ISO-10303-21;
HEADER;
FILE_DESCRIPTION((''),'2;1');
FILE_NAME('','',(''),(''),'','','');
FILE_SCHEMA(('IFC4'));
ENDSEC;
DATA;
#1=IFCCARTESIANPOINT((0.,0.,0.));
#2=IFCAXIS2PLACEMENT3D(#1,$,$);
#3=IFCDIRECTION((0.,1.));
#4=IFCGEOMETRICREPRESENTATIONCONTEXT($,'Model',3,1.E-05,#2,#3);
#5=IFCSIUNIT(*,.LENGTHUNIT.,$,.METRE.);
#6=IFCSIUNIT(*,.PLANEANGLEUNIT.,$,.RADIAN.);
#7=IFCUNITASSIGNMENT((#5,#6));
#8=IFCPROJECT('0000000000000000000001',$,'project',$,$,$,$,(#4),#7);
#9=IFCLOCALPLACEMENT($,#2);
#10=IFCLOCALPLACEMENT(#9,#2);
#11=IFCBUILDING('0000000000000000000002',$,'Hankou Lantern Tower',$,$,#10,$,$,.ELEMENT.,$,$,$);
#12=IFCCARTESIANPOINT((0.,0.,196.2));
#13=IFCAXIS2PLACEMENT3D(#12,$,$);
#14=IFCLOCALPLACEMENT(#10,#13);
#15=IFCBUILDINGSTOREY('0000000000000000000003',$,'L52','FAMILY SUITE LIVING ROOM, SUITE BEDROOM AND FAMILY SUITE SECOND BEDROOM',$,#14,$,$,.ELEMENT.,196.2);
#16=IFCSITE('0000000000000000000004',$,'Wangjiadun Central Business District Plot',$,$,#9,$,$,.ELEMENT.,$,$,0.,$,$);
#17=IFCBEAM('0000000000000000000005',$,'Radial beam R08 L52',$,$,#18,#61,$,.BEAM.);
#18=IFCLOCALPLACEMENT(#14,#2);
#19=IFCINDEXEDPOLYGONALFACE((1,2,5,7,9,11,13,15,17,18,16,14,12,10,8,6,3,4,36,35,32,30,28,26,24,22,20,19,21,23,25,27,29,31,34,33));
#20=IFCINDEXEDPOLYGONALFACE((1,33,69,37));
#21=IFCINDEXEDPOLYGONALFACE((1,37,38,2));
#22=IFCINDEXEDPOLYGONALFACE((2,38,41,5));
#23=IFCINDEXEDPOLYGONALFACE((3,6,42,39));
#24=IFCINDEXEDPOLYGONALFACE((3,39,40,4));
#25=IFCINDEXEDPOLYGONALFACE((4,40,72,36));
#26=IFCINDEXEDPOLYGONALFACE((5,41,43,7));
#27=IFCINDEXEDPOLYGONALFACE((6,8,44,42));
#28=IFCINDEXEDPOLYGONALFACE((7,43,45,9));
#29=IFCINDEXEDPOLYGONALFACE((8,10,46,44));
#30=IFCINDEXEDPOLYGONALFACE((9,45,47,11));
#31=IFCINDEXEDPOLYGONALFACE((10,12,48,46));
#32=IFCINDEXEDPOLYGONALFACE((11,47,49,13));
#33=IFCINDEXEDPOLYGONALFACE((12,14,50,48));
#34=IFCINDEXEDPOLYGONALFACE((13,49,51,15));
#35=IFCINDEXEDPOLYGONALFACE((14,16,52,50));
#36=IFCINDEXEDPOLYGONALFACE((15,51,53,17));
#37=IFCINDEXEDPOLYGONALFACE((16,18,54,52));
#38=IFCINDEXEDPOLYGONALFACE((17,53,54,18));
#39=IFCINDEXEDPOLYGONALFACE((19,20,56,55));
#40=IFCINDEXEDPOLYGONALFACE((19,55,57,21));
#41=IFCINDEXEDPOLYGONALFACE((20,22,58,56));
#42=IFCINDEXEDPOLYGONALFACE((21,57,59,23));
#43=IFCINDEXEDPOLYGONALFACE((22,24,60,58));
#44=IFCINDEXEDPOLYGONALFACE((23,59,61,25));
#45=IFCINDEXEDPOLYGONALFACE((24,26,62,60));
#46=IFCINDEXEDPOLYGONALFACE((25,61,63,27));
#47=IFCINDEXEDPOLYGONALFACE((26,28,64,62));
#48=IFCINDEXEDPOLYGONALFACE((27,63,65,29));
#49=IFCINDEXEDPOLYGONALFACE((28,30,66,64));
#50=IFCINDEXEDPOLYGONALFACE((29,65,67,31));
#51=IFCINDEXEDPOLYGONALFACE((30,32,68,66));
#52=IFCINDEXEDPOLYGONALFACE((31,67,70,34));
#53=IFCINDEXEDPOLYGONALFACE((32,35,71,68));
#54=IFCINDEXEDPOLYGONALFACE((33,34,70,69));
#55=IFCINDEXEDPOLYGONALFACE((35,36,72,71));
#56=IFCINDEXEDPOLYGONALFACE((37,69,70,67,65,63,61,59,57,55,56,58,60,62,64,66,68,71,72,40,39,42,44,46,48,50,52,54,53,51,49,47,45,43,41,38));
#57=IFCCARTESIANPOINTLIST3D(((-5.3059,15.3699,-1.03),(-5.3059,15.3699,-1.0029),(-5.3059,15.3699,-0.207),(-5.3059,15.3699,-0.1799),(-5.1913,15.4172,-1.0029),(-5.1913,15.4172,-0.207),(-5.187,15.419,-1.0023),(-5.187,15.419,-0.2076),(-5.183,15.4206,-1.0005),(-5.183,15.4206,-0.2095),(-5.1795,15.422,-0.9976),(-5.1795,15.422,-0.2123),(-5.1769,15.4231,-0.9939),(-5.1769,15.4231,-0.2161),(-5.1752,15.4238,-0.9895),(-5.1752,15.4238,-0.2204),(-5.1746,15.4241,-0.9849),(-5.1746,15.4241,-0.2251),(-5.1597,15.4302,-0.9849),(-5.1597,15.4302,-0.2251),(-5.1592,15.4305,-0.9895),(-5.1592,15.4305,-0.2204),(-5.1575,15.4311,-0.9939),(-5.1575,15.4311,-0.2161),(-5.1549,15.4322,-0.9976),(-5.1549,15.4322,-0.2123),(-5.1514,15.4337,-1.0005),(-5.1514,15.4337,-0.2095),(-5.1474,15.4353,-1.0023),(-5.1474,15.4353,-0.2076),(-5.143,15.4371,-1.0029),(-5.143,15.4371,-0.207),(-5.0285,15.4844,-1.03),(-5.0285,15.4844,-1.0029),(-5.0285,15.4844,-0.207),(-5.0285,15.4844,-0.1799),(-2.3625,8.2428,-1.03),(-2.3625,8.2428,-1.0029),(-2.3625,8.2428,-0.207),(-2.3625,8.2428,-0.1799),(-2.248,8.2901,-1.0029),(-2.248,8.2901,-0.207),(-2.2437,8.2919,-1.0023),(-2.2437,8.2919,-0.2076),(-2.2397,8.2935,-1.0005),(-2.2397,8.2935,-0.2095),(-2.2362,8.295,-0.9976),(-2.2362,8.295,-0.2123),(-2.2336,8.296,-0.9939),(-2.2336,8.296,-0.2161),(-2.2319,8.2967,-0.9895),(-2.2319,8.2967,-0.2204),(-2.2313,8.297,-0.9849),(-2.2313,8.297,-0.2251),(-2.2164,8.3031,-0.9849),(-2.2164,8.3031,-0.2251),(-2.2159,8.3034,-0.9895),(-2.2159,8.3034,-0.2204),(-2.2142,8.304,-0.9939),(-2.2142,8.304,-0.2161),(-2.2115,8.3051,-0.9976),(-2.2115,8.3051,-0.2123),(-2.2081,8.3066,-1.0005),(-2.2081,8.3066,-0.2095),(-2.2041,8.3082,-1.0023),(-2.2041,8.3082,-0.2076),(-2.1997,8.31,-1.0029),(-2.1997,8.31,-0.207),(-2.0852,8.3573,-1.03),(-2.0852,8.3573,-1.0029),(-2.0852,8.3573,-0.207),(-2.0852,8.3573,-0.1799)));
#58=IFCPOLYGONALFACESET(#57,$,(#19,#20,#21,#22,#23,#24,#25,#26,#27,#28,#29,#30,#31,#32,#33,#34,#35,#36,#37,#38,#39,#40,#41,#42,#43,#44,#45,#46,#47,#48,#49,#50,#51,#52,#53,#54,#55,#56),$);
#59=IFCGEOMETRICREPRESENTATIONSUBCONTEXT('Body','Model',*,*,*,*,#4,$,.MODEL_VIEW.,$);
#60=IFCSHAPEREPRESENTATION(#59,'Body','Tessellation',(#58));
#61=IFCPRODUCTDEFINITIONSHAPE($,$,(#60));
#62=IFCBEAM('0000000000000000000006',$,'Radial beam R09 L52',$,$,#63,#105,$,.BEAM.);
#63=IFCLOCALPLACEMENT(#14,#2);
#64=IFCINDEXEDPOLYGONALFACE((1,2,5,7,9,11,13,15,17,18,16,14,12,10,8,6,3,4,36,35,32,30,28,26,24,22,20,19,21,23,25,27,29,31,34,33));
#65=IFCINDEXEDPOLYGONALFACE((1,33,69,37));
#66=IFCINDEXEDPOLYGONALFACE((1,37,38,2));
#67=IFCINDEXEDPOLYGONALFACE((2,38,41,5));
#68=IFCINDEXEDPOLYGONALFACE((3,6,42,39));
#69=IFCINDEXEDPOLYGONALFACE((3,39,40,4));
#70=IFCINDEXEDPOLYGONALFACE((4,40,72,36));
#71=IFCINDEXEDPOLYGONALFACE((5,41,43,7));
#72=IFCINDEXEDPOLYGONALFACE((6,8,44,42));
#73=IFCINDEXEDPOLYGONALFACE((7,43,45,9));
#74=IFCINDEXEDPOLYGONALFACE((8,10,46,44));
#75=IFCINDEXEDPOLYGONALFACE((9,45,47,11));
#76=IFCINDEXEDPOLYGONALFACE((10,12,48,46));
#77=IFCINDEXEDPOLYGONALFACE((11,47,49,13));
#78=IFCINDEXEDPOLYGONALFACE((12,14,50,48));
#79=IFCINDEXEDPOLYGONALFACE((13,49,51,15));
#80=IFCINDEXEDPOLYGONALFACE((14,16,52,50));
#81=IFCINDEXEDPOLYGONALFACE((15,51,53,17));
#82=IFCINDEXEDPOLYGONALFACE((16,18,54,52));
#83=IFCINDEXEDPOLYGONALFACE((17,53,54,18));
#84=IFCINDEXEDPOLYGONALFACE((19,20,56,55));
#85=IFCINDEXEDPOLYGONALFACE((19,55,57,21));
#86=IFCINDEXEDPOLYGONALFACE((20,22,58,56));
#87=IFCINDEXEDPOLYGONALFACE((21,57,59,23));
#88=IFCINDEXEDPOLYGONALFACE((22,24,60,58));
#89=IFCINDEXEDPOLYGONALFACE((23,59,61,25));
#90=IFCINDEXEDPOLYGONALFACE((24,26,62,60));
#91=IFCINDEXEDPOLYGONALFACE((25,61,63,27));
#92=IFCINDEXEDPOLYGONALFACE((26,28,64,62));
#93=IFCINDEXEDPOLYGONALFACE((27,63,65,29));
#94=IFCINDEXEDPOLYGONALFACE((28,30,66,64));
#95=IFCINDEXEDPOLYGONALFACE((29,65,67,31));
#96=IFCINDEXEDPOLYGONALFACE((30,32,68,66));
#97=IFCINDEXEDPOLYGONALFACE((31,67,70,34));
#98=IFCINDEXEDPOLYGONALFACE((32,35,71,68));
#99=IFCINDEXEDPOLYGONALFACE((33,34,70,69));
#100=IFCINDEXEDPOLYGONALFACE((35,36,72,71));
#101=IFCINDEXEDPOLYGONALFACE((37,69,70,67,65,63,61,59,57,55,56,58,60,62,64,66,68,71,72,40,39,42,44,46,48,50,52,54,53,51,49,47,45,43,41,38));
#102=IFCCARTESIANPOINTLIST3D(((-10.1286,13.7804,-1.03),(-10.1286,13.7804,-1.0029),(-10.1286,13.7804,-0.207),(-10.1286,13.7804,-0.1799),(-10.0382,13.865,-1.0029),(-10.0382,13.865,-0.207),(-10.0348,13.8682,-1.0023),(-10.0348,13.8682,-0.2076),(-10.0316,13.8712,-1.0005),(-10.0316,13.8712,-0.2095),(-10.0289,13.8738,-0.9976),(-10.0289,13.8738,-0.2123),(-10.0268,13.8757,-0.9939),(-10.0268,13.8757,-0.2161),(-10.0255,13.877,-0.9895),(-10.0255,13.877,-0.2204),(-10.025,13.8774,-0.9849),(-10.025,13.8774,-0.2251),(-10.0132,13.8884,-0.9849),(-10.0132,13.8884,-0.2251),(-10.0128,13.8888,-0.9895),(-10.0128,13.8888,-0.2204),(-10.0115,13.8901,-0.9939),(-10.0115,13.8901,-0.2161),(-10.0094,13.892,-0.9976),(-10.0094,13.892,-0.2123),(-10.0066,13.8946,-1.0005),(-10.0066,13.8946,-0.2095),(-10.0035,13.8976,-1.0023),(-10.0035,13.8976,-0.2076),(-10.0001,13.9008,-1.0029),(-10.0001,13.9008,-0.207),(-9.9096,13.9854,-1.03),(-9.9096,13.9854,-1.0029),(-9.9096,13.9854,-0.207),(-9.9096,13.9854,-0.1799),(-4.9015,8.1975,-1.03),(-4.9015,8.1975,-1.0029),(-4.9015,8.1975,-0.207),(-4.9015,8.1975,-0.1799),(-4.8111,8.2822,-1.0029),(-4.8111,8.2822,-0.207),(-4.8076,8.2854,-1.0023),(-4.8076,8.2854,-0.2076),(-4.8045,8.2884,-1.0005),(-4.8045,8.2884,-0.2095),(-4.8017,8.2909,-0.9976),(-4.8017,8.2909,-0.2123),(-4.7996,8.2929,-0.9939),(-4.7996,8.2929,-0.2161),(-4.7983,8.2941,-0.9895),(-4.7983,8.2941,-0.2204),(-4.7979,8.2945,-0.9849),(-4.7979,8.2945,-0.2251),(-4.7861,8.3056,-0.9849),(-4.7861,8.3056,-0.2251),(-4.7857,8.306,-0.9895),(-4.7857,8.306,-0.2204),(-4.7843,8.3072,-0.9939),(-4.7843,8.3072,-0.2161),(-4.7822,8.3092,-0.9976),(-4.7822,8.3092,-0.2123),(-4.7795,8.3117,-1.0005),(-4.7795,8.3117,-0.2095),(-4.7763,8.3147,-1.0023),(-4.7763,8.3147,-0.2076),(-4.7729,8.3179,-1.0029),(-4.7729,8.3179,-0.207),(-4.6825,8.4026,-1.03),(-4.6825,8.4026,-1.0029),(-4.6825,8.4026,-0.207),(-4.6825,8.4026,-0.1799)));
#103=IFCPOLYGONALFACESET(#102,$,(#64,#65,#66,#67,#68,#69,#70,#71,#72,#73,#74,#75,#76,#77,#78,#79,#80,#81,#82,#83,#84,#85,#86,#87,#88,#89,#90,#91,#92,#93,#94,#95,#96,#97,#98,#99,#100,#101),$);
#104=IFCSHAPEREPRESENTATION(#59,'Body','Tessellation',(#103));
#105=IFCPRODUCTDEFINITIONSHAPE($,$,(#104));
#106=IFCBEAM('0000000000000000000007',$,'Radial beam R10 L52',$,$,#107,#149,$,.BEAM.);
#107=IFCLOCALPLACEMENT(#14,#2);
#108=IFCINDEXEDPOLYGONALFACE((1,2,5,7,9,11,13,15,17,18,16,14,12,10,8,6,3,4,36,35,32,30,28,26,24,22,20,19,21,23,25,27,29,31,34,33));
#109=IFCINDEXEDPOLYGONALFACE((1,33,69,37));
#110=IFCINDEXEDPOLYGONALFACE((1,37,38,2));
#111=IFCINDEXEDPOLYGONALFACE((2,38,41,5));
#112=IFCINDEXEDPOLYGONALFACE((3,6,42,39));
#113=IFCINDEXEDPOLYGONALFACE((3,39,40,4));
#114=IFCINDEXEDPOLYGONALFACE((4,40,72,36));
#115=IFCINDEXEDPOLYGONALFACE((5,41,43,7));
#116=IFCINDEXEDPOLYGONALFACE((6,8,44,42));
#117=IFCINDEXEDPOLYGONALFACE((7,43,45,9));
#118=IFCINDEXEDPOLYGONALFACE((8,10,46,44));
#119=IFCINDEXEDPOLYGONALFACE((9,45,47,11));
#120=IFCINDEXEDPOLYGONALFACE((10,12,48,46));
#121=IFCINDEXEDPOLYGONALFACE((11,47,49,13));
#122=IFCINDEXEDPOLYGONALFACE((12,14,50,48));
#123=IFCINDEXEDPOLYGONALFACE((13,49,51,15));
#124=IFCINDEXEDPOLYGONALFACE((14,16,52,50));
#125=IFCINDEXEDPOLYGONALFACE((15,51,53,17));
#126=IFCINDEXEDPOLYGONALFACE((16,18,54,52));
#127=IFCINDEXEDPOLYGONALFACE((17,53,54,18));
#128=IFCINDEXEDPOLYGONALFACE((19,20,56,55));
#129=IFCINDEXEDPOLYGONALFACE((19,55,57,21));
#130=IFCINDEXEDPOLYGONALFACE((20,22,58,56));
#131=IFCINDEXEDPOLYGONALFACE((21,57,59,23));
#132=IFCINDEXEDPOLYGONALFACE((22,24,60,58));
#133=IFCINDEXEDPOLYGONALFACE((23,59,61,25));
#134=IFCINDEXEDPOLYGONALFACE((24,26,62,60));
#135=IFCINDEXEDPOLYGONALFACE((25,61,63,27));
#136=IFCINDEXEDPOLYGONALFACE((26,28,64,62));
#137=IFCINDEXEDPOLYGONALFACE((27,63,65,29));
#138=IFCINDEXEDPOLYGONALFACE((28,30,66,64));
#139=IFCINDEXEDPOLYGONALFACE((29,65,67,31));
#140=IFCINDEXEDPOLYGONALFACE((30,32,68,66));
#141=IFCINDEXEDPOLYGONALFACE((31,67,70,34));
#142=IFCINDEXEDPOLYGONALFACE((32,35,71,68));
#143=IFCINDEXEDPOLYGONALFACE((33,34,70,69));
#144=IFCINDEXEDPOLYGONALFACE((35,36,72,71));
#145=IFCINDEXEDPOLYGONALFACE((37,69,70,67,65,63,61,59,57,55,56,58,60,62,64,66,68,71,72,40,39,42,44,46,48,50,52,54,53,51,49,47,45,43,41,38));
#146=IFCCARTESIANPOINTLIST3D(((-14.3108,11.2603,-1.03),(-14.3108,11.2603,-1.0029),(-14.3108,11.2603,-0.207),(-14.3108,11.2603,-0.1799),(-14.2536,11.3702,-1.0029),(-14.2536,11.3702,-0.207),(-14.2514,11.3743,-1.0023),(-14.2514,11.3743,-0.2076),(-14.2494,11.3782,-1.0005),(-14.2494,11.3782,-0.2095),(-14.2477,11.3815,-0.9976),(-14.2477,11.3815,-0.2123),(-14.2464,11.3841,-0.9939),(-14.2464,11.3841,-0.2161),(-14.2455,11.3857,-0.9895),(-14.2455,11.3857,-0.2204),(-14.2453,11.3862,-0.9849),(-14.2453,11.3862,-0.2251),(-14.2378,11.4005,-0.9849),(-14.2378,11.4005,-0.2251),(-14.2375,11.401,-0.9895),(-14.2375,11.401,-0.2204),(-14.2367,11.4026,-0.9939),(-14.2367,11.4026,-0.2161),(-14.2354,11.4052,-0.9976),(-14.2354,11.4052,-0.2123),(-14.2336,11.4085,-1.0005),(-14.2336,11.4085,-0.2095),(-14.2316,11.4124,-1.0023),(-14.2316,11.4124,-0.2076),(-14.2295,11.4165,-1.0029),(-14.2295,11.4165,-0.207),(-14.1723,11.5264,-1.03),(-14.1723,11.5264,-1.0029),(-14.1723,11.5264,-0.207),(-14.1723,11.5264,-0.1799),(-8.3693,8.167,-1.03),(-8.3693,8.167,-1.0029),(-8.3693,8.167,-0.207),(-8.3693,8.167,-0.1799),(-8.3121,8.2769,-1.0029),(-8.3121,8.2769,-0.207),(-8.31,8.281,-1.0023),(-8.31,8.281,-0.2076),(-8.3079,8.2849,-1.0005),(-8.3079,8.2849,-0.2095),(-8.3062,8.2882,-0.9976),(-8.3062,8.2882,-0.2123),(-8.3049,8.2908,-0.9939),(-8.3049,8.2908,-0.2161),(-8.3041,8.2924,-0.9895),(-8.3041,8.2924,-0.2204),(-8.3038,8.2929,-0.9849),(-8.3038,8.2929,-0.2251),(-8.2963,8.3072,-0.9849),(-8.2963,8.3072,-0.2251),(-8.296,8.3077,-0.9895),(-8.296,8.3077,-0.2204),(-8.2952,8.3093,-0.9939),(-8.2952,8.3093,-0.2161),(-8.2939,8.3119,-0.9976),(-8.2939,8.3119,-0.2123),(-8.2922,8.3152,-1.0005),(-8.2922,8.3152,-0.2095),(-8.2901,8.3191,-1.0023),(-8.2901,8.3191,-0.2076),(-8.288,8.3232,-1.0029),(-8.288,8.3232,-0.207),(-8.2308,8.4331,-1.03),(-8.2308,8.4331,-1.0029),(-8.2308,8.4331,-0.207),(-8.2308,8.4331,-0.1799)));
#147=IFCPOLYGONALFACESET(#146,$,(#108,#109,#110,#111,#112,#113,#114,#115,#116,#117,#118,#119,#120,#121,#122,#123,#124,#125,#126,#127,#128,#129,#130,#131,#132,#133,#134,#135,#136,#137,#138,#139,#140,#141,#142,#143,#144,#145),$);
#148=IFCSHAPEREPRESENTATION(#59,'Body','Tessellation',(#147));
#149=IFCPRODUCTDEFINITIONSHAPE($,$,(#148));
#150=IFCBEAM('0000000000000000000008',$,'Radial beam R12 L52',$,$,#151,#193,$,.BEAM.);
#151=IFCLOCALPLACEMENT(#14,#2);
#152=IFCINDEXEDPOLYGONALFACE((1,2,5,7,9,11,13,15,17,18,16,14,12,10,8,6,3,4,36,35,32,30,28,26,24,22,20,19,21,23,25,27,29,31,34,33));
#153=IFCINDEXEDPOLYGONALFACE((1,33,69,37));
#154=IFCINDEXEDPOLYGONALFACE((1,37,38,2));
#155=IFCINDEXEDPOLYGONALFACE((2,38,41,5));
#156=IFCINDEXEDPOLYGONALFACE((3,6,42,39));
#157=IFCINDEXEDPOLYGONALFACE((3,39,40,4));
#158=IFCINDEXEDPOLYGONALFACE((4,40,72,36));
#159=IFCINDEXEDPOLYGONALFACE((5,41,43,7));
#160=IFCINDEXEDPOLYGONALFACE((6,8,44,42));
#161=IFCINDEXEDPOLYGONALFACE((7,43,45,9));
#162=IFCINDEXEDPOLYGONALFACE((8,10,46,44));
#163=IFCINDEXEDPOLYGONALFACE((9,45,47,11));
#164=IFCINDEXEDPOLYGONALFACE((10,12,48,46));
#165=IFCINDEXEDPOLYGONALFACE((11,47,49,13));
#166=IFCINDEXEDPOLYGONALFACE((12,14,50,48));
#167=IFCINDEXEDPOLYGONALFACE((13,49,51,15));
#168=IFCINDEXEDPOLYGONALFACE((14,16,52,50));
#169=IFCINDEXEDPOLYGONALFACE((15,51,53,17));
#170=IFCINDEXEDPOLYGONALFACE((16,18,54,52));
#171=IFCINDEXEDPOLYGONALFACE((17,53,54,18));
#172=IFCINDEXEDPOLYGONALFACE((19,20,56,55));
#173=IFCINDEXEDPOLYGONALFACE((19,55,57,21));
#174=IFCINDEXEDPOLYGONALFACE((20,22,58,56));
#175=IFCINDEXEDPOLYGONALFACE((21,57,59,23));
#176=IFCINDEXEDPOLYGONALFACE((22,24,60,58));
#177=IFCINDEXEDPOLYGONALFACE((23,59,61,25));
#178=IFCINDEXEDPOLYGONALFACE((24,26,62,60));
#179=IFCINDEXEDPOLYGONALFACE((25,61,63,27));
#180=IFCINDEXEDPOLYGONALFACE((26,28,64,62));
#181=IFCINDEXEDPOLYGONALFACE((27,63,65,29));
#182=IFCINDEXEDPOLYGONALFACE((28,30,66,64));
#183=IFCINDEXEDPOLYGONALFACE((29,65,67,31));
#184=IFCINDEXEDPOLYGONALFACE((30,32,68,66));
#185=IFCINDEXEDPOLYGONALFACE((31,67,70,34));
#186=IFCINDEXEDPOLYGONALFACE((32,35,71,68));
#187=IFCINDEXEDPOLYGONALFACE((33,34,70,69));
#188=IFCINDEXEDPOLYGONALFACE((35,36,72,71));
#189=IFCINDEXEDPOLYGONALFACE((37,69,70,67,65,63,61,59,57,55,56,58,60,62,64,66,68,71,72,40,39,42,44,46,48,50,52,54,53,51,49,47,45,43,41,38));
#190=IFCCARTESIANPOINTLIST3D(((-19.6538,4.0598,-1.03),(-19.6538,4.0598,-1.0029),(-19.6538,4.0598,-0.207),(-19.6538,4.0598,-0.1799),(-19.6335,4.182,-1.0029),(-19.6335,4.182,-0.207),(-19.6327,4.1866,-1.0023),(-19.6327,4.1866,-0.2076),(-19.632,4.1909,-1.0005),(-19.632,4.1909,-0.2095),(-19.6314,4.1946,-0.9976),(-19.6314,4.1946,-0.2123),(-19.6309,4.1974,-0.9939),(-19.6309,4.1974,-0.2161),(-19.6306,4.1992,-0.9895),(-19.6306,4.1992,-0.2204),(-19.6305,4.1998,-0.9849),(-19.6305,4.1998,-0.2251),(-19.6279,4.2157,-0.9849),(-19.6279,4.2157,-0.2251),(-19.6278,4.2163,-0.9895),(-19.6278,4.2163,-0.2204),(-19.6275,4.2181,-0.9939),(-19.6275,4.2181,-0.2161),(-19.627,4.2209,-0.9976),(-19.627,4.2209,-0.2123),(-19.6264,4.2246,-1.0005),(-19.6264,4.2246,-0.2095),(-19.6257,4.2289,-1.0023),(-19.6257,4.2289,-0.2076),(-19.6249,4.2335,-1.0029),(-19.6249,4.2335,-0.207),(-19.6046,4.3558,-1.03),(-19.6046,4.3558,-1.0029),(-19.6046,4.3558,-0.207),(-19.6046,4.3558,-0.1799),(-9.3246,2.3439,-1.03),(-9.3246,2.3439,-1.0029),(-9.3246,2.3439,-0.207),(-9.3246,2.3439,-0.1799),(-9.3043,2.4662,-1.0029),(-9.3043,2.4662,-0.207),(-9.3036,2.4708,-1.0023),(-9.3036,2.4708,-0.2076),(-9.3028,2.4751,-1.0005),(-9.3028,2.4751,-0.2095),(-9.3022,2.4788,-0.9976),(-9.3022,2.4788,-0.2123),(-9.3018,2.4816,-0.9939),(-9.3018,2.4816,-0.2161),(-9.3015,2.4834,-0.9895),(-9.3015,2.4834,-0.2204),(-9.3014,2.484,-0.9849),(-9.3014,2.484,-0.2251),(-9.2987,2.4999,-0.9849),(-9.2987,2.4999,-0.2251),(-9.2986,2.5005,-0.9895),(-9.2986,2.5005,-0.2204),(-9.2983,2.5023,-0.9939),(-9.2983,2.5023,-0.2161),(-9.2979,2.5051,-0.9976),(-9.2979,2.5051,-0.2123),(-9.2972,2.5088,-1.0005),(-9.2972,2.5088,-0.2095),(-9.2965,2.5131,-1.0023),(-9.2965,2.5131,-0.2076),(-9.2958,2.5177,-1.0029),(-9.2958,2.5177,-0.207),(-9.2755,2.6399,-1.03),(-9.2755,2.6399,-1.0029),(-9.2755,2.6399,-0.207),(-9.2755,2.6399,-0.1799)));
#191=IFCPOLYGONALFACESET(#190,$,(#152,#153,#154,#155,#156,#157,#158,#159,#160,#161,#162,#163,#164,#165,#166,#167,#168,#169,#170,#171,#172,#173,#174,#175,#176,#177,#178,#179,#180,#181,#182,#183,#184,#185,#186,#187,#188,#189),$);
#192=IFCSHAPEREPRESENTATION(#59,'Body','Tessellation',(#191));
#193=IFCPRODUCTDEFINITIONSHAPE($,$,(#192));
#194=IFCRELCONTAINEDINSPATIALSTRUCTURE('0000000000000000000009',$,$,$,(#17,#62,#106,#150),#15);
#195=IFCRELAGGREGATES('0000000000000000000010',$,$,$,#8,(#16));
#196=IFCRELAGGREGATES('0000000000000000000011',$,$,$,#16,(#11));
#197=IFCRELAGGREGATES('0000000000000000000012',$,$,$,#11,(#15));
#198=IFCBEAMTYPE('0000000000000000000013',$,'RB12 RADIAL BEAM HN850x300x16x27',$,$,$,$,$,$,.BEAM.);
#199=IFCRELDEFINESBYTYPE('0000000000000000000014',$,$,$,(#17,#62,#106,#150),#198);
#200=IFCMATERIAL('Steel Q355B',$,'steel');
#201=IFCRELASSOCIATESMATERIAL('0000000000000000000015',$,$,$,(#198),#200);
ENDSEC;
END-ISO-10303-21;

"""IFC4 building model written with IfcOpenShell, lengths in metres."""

from ifc_helpers import new_model, si_unit, direction, frame, origin, origin_2d, place, context, subcontext, project, spatial, i_section, extrude, material, material_profile, profile_set, type_object, element, save


model = new_model("IFC4")

# Units and contexts
model_context = context("Model", 3, precision=1e-05, world=origin(), true_north=direction((0.0, 1.0)))
body_context = subcontext(model_context, "Body", "Model", "MODEL_VIEW")
ifc_project = project(units=[si_unit("LENGTHUNIT", "METRE"), si_unit("PLANEANGLEUNIT", "RADIAN")], contexts=[model_context])

# Site, building, storey
site_placement = place(None, origin())
site = spatial("IfcSite", under=ifc_project, at=site_placement, Name="Wangjiadun Central Business District Plot", CompositionType="ELEMENT", RefElevation=0.0)
building_placement = place(site_placement, origin())
building = spatial("IfcBuilding", under=site, at=building_placement, Name="Hankou Lantern Tower", CompositionType="ELEMENT")
storey_placement = place(building_placement, frame((0.0, 0.0, 196.2)))
storey = spatial("IfcBuildingStorey", under=building, at=storey_placement, Name="L52", Description="FAMILY SUITE LIVING ROOM, SUITE BEDROOM AND FAMILY SUITE SECOND BEDROOM", CompositionType="ELEMENT", Elevation=196.2)

# Beams
ifc_material_1 = material(Name="Steel Q355B", Category="steel")
ifc_material_profile_1 = material_profile(ifc_material_1, i_section(OverallWidth=0.3, OverallDepth=0.8501, WebThickness=0.0161, FlangeThickness=0.0271, FilletRadius=0.0181, at=origin_2d()), Name="HN850x300x16x27")
ifc_profile_set_1 = profile_set([ifc_material_profile_1], Name="Steel Q355B")
beam_type_1 = type_object("IfcBeamType", Name="RB12 RADIAL BEAM HN850x300x16x27", PredefinedType="BEAM", material=ifc_profile_set_1)
beam_1_placement = place(storey_placement, frame((-2.2239, 8.3, -0.605), z_axis=(-0.381707, 0.924284, 0.0), x_axis=(-0.924284, -0.381707, 0.0)))
element("IfcBeam", 1, at=beam_1_placement, inside=storey, type_object=beam_type_1, Name="Radial beam R08 L52", PredefinedType="BEAM", context=body_context, shape_type="SweptSolid", body=[
    extrude(i_section(OverallWidth=0.3, OverallDepth=0.8501, WebThickness=0.0161, FlangeThickness=0.0271, FilletRadius=0.0181, at=origin_2d()), origin(), (0.0, 0.0, 1.0), 7.7109),
])
beam_2_placement = place(storey_placement, frame((-4.792, 8.3, -0.605), z_axis=(-0.683468, 0.72998, 0.0), x_axis=(-0.72998, -0.683468, 0.0)))
element("IfcBeam", 2, at=beam_2_placement, inside=storey, type_object=beam_type_1, Name="Radial beam R09 L52", PredefinedType="BEAM", context=body_context, shape_type="SweptSolid", body=[
    extrude(i_section(OverallWidth=0.3, OverallDepth=0.8501, WebThickness=0.0161, FlangeThickness=0.0271, FilletRadius=0.0181, at=origin_2d()), origin(), (0.0, 0.0, 1.0), 7.6479),
])
beam_3_placement = place(storey_placement, frame((-8.3, 8.3, -0.605), z_axis=(-0.886989, 0.461791, 0.0), x_axis=(-0.461791, -0.886989, 0.0)))
element("IfcBeam", 3, at=beam_3_placement, inside=storey, type_object=beam_type_1, Name="Radial beam R10 L52", PredefinedType="BEAM", context=body_context, shape_type="SweptSolid", body=[
    extrude(i_section(OverallWidth=0.3, OverallDepth=0.8501, WebThickness=0.0161, FlangeThickness=0.0271, FilletRadius=0.0181, at=origin_2d()), origin(), (0.0, 0.0, 1.0), 6.6985),
])
beam_4_placement = place(storey_placement, frame((-9.3, 2.4919, -0.605), z_axis=(-0.986482, 0.16387, 0.0), x_axis=(-0.16387, -0.986482, 0.0)))
element("IfcBeam", 4, at=beam_4_placement, inside=storey, type_object=beam_type_1, Name="Radial beam R12 L52", PredefinedType="BEAM", context=body_context, shape_type="SweptSolid", body=[
    extrude(i_section(OverallWidth=0.3, OverallDepth=0.8501, WebThickness=0.0161, FlangeThickness=0.0271, FilletRadius=0.0181, at=origin_2d()), origin(), (0.0, 0.0, 1.0), 10.4707),
])

save(model, "model.ifc")
